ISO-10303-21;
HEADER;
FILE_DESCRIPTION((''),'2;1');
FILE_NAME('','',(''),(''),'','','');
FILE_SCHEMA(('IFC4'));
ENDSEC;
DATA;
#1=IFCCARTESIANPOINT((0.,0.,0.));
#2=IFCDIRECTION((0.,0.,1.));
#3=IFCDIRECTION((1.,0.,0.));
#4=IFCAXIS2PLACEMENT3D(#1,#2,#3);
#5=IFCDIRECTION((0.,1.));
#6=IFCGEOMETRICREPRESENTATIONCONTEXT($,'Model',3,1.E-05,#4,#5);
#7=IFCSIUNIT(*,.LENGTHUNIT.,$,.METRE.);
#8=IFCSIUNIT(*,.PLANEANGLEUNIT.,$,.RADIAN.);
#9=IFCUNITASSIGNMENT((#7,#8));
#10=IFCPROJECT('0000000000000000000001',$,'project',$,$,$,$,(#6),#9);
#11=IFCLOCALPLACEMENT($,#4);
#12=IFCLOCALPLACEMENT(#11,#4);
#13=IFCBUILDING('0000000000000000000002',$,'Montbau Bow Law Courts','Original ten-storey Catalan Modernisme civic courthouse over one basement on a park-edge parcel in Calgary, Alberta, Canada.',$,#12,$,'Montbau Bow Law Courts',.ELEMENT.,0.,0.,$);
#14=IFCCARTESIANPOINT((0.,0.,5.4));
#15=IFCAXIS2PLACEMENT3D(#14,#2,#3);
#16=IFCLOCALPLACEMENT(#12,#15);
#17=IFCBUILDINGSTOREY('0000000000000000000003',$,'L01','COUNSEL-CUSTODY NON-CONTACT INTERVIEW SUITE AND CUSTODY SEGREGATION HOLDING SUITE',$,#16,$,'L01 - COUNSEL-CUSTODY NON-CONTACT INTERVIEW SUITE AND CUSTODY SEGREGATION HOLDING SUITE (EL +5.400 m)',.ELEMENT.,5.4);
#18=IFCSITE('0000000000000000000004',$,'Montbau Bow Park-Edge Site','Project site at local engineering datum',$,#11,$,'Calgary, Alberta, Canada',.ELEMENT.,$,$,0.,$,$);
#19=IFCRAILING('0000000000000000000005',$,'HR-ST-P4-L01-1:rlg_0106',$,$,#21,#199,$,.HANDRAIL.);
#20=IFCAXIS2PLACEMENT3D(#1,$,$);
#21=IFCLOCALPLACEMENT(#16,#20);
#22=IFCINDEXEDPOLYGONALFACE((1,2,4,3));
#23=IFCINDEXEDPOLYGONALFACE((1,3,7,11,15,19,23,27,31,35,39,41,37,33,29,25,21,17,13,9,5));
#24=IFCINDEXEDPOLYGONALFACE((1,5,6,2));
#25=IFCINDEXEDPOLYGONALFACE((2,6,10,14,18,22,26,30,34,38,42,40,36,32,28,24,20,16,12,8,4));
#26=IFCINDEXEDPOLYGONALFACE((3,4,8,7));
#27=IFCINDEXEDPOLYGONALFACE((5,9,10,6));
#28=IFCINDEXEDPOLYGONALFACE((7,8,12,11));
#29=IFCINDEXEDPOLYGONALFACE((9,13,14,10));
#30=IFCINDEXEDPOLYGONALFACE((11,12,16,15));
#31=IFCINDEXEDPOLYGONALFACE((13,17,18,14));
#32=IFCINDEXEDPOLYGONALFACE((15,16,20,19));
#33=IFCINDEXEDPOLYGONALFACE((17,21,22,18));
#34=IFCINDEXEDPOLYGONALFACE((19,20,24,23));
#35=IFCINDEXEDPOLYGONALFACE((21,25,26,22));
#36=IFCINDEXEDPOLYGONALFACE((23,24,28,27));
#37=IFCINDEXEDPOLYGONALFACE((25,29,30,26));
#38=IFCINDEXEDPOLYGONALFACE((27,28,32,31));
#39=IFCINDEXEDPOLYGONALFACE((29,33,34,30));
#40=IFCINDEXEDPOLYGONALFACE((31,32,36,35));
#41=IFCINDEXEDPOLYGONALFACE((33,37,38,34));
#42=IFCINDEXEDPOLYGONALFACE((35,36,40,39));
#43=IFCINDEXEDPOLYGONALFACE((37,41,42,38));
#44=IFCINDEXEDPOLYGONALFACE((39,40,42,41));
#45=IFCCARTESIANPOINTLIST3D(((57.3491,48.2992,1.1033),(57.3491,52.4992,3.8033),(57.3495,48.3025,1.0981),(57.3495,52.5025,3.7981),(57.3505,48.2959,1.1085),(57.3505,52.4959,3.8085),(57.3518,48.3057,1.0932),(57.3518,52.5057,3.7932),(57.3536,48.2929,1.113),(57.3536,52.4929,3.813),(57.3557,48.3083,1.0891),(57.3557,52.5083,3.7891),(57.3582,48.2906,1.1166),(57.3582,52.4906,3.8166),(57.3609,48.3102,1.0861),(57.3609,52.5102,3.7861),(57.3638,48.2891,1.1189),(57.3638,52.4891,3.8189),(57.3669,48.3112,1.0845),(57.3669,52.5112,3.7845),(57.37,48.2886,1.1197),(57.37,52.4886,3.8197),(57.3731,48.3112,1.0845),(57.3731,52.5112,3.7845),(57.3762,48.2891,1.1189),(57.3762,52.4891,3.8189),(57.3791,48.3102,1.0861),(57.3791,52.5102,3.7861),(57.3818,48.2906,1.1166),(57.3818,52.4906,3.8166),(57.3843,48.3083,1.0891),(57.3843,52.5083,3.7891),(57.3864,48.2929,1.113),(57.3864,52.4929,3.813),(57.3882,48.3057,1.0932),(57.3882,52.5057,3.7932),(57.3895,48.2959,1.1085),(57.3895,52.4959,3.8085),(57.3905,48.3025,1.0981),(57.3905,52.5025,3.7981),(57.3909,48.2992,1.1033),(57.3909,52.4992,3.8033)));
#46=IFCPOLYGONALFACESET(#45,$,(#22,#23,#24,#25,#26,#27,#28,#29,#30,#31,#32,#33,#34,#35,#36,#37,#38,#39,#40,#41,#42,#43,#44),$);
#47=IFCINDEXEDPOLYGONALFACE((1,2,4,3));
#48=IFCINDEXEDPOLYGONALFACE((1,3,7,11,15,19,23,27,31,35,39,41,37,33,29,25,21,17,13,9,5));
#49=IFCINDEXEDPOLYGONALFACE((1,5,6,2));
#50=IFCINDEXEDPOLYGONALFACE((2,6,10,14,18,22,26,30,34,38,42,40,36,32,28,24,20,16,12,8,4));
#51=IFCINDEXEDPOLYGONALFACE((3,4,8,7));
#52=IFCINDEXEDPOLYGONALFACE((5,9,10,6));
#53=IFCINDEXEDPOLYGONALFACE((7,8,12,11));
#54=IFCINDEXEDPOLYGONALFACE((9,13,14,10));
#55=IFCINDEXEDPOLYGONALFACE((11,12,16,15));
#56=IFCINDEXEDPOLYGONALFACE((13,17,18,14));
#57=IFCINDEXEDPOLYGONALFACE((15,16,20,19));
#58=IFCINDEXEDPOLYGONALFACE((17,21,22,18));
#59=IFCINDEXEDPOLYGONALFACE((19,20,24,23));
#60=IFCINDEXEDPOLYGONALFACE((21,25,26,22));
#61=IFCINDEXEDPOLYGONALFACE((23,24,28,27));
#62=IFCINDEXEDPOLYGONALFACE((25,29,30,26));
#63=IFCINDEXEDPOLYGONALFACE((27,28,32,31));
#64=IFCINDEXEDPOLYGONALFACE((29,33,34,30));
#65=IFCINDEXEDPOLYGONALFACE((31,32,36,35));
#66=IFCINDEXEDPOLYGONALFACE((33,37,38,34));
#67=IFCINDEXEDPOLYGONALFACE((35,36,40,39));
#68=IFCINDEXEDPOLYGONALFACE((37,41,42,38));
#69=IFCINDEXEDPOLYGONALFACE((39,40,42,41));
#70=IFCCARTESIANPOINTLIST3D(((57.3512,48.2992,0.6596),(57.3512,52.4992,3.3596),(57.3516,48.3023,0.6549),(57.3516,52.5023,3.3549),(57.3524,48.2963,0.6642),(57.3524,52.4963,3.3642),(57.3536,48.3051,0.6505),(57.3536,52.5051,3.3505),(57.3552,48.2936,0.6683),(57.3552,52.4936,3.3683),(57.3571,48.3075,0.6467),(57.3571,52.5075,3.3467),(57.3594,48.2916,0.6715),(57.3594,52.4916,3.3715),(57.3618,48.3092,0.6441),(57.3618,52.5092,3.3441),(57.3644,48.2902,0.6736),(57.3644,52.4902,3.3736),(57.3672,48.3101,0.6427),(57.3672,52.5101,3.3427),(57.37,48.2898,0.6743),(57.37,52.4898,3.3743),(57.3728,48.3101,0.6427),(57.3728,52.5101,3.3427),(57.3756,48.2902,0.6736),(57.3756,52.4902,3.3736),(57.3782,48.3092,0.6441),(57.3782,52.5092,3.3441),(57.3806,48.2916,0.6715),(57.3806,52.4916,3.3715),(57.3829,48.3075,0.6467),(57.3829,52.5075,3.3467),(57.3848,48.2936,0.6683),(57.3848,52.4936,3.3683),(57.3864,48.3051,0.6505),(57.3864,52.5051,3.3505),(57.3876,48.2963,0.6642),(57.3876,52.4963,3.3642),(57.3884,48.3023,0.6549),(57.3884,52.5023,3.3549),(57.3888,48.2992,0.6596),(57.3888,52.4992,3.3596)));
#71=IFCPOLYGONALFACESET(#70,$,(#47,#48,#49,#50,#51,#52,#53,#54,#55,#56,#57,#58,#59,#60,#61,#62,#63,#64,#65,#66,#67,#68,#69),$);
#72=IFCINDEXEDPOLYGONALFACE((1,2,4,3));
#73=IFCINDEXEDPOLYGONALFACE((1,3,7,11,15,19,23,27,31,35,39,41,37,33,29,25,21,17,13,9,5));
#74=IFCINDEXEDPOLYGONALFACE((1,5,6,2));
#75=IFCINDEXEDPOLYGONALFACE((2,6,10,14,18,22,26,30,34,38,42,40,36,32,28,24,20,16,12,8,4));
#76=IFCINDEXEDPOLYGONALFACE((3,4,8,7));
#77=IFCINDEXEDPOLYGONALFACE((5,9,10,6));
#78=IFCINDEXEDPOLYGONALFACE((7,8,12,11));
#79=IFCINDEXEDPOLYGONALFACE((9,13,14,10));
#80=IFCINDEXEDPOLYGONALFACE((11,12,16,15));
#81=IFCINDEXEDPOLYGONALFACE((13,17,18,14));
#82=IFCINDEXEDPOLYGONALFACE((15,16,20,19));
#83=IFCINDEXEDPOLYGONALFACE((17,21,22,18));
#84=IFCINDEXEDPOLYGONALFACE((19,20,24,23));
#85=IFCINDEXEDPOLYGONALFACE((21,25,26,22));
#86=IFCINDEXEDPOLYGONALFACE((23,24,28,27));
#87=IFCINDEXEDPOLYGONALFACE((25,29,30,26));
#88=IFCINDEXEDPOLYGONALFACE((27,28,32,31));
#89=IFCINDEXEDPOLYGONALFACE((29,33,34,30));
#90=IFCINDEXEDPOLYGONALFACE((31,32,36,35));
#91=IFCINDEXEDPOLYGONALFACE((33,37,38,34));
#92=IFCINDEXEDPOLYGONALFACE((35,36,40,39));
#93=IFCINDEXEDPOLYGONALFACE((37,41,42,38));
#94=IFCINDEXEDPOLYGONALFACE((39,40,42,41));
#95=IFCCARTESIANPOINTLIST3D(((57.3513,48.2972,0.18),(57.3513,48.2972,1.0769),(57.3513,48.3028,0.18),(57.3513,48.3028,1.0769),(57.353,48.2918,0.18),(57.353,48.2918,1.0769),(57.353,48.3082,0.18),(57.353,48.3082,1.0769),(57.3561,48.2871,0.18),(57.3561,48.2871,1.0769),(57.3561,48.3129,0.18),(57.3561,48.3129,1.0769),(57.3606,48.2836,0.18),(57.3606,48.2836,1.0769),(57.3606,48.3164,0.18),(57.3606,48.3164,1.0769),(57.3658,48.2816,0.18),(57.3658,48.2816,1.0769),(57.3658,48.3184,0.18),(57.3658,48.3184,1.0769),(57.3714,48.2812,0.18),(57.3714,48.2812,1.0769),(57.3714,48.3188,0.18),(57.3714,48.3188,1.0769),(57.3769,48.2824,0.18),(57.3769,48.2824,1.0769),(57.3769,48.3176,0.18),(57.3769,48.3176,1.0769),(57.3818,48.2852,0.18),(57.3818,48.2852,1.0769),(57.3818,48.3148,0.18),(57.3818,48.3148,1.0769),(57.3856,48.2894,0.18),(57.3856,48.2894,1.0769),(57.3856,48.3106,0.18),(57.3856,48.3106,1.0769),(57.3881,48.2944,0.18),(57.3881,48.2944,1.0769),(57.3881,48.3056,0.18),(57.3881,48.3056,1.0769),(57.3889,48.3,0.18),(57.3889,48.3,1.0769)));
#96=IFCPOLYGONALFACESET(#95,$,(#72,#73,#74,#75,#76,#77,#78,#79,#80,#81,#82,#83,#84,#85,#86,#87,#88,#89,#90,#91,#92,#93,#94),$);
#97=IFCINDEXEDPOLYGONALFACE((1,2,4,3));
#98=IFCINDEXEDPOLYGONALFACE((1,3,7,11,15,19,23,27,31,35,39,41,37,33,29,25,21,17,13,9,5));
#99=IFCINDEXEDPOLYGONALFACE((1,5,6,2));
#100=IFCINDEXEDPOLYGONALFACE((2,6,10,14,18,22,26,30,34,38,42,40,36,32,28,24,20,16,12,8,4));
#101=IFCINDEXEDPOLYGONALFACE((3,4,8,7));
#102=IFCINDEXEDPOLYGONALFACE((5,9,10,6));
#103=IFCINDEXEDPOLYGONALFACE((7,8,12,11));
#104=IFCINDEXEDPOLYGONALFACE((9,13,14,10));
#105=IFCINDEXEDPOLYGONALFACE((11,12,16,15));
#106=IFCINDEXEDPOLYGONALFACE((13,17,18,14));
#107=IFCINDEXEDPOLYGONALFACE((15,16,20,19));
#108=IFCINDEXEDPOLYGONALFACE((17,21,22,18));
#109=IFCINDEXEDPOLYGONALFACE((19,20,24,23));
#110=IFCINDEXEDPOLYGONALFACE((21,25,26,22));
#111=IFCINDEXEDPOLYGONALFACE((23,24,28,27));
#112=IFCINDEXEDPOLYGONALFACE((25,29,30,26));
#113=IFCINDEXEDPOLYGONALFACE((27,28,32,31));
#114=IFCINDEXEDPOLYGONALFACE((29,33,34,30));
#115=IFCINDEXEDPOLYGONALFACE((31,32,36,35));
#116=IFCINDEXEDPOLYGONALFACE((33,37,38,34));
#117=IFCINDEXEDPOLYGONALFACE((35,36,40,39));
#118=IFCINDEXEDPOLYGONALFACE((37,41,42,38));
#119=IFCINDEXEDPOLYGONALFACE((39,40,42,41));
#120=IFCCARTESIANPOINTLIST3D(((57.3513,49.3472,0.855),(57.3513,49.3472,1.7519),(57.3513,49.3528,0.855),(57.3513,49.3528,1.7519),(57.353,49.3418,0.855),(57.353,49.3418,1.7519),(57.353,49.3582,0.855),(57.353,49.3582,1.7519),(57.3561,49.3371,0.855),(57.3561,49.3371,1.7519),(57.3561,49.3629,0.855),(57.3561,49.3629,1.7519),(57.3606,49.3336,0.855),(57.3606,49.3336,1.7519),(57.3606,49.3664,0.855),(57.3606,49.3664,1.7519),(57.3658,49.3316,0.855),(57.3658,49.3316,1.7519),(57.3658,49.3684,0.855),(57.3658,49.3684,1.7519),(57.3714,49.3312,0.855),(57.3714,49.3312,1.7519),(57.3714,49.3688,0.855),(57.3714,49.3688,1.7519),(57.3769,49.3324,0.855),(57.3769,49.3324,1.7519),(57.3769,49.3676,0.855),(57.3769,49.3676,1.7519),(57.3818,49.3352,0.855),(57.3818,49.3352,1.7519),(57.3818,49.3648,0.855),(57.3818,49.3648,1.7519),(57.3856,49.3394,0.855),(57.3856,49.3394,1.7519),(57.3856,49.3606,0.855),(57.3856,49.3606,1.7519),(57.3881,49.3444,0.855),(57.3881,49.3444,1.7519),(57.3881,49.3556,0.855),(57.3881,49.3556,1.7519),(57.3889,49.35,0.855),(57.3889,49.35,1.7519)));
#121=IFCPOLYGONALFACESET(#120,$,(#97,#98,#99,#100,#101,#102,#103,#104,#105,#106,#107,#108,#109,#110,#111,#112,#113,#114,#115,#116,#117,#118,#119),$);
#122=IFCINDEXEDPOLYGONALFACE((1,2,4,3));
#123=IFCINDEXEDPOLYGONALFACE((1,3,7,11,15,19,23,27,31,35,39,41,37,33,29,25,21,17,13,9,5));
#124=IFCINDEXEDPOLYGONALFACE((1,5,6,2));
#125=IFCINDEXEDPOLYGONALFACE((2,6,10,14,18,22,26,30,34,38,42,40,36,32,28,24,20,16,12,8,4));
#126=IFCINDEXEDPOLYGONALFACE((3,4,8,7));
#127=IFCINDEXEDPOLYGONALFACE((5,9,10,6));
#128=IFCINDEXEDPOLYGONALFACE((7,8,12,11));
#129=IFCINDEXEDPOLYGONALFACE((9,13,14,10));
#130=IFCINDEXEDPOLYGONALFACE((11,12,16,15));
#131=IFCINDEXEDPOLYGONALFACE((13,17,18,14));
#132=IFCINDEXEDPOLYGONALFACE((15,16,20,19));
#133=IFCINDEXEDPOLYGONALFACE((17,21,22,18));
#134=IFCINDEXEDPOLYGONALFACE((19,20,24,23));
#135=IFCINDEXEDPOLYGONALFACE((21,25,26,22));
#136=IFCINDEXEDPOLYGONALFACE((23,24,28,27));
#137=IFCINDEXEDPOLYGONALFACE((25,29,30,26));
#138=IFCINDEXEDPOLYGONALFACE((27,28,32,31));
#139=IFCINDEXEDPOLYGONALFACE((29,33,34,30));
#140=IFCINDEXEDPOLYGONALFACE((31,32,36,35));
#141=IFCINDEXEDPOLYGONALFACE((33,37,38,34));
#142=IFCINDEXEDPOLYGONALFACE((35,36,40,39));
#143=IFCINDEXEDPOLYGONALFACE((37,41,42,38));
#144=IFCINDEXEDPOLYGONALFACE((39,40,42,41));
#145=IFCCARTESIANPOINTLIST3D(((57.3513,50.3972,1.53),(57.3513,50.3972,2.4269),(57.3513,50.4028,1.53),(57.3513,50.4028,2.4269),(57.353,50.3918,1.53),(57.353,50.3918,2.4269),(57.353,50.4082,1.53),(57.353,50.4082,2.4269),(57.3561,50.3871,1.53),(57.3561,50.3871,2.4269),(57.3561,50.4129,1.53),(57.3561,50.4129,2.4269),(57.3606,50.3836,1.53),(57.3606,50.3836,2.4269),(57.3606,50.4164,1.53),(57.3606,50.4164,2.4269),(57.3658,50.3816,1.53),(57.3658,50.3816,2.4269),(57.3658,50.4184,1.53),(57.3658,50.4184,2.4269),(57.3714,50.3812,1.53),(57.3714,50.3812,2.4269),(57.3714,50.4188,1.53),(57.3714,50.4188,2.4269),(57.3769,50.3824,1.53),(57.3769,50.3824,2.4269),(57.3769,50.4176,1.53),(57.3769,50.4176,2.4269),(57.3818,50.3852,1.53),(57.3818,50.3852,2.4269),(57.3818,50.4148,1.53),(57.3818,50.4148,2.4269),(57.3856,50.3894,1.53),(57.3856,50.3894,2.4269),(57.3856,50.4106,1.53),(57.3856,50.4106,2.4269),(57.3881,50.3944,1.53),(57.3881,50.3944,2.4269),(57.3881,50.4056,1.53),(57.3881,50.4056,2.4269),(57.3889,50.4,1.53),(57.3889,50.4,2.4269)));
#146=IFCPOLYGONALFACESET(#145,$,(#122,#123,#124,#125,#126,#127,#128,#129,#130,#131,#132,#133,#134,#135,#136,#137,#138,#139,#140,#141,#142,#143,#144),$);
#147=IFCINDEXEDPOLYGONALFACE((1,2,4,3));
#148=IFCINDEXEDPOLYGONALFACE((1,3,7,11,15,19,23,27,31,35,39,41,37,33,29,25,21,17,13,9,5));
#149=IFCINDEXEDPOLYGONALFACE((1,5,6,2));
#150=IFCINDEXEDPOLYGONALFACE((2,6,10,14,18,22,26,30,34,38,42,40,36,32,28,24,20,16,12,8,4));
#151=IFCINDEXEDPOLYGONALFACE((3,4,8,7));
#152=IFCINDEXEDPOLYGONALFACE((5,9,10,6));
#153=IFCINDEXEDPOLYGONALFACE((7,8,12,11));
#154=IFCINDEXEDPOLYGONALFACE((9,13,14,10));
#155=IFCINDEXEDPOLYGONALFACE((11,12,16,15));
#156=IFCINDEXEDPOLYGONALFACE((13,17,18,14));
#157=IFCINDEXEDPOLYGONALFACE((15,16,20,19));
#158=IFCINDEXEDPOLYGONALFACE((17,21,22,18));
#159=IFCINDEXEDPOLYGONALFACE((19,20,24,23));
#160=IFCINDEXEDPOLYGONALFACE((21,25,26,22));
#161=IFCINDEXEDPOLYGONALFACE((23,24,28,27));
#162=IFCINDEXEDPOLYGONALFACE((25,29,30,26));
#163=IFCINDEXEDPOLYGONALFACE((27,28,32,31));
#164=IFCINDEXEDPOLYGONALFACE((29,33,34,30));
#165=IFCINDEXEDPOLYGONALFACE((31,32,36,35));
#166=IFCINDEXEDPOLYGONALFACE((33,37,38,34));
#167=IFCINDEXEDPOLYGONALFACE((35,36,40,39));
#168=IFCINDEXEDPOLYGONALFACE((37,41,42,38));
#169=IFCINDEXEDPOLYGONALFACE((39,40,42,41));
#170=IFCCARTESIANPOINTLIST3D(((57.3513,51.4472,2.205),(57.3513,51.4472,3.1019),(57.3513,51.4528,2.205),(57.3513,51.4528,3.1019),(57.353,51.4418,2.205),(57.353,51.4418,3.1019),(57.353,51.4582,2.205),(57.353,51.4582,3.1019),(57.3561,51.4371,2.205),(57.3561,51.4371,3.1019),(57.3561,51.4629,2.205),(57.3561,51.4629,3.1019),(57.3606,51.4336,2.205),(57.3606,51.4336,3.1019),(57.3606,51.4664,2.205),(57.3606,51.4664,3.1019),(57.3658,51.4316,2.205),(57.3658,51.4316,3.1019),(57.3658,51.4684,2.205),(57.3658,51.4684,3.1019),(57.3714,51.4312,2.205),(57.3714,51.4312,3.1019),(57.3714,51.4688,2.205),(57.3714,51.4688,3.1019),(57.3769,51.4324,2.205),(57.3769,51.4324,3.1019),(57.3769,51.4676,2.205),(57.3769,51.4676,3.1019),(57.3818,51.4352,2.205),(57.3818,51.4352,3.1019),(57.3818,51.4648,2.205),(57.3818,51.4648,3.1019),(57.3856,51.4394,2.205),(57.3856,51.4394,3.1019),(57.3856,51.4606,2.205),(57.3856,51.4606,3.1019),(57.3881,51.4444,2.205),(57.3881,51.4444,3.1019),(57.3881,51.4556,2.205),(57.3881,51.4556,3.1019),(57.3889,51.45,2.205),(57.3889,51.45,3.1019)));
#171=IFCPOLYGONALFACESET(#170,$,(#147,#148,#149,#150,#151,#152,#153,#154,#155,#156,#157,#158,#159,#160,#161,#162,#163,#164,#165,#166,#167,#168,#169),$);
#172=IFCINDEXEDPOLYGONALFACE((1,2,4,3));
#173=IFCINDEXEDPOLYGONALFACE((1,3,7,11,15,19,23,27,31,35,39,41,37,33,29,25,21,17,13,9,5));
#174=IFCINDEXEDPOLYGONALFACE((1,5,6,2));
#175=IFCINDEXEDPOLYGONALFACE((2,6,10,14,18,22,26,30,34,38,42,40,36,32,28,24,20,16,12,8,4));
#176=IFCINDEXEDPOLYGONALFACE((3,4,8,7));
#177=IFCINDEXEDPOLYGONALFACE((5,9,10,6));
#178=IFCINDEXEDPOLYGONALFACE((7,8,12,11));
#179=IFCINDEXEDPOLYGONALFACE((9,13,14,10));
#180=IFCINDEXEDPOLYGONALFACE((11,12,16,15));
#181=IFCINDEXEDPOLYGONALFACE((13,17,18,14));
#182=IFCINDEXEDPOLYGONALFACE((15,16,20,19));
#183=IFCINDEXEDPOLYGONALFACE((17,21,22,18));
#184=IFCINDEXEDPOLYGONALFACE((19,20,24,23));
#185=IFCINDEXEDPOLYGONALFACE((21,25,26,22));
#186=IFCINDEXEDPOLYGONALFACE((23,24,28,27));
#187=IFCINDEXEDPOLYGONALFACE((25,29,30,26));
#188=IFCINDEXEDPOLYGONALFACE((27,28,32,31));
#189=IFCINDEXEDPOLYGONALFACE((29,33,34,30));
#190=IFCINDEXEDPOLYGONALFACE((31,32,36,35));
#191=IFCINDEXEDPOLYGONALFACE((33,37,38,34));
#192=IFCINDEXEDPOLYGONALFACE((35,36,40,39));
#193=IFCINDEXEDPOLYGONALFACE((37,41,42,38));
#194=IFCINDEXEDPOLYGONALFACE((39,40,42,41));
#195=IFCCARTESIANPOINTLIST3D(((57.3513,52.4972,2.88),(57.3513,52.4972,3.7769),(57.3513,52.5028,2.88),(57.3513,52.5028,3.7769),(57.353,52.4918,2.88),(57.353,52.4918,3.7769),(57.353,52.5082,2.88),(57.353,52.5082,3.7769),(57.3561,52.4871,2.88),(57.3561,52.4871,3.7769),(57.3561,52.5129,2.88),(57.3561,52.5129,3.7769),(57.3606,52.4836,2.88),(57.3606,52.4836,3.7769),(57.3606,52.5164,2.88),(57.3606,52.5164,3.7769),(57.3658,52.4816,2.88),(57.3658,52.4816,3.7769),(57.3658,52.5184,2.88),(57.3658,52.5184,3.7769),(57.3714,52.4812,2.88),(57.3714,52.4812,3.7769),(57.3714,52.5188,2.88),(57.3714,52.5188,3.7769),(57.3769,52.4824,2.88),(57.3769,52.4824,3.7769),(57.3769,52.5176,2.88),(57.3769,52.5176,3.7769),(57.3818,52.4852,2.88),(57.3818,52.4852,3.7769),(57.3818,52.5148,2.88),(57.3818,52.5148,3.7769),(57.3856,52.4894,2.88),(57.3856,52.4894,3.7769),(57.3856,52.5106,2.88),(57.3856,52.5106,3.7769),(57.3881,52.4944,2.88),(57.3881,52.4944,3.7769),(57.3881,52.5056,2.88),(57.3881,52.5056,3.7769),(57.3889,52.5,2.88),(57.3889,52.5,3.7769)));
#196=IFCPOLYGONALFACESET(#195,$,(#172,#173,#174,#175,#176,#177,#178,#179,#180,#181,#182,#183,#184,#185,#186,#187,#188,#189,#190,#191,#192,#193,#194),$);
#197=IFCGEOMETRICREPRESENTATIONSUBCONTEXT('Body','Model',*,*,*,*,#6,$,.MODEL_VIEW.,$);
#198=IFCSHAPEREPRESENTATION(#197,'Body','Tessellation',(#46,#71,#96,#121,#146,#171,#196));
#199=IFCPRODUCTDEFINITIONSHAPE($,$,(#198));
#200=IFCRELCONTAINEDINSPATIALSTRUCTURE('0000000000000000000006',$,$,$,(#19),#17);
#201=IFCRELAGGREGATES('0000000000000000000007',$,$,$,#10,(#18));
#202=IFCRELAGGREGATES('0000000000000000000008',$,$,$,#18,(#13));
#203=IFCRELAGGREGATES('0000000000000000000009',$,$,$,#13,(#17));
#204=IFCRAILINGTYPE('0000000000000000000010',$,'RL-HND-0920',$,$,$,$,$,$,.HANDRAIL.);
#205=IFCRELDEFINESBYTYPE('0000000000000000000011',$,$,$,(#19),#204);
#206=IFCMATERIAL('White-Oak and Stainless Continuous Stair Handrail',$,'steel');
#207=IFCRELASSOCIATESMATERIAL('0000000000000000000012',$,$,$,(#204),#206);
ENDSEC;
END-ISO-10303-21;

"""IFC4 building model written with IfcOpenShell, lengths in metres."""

from ifc_helpers import new_model, si_unit, direction, frame, origin_with_axes, origin_2d_with_axis, place, context, subcontext, project, spatial, circle, extrude, material, type_object, element, save


model = new_model("IFC4")

# Units and contexts
model_context = context("Model", 3, precision=1e-05, world=origin_with_axes(), true_north=direction((0.0, 1.0)))
body_context = subcontext(model_context, "Body", "Model", "MODEL_VIEW")
ifc_project = project(units=[si_unit("LENGTHUNIT", "METRE"), si_unit("PLANEANGLEUNIT", "RADIAN")], contexts=[model_context])

# Site, building, storey
site_placement = place(None, origin_with_axes())
site = spatial("IfcSite", under=ifc_project, at=site_placement, Name="Montbau Bow Park-Edge Site", Description="Project site at local engineering datum", LongName="Calgary, Alberta, Canada", CompositionType="ELEMENT", RefElevation=0.0)
building_placement = place(site_placement, origin_with_axes())
building = spatial("IfcBuilding", under=site, at=building_placement, Name="Montbau Bow Law Courts", Description="Original ten-storey Catalan Modernisme civic courthouse over one basement on a park-edge parcel in Calgary, Alberta, Canada.", LongName="Montbau Bow Law Courts", CompositionType="ELEMENT", ElevationOfRefHeight=0.0, ElevationOfTerrain=0.0)
storey_placement = place(building_placement, frame((0.0, 0.0, 5.4), z_axis=(0.0, 0.0, 1.0), x_axis=(1.0, 0.0, 0.0)))
storey = spatial("IfcBuildingStorey", under=building, at=storey_placement, Name="L01", Description="COUNSEL-CUSTODY NON-CONTACT INTERVIEW SUITE AND CUSTODY SEGREGATION HOLDING SUITE", LongName="L01 - COUNSEL-CUSTODY NON-CONTACT INTERVIEW SUITE AND CUSTODY SEGREGATION HOLDING SUITE (EL +5.400 m)", CompositionType="ELEMENT", Elevation=5.4)

# Railing
ifc_material_1 = material(Name="White-Oak and Stainless Continuous Stair Handrail", Category="steel")
railing_type_1 = type_object("IfcRailingType", Name="RL-HND-0920", PredefinedType="HANDRAIL", material=ifc_material_1)
railing_1_placement = place(None, origin_with_axes())
element("IfcRailing", 1, at=railing_1_placement, inside=storey, type_object=railing_type_1, Name="HR-ST-P4-L01-1:rlg_0106", PredefinedType="HANDRAIL", context=body_context, shape_type="SweptSolid", body=[
    extrude(circle(Radius=0.021, at=origin_2d_with_axis()), frame((57.37, 48.3, 6.502), z_axis=(0.0, 0.841178, 0.540758), x_axis=(0.0, -0.540758, 0.841178)), (0.0, 0.0, 1.0), 4.993),
    extrude(circle(Radius=0.0189, at=origin_2d_with_axis()), frame((57.37, 48.3, 6.0584), z_axis=(0.0, 0.841178, 0.540758), x_axis=(0.0, -0.540758, 0.841178)), (0.0, 0.0, 1.0), 4.993),
    extrude(circle(Radius=0.0189, at=origin_2d_with_axis()), frame((57.37, 48.3, 5.58), z_axis=(0.0, 0.0, 1.0), x_axis=(1.0, 0.0, 0.0)), (0.0, 0.0, 1.0), 0.8969),
    extrude(circle(Radius=0.0189, at=origin_2d_with_axis()), frame((57.37, 49.35, 6.255), z_axis=(0.0, 0.0, 1.0), x_axis=(1.0, 0.0, 0.0)), (0.0, 0.0, 1.0), 0.8969),
    extrude(circle(Radius=0.0189, at=origin_2d_with_axis()), frame((57.37, 50.4, 6.93), z_axis=(0.0, 0.0, 1.0), x_axis=(1.0, 0.0, 0.0)), (0.0, 0.0, 1.0), 0.8969),
    extrude(circle(Radius=0.0189, at=origin_2d_with_axis()), frame((57.37, 51.45, 7.605), z_axis=(0.0, 0.0, 1.0), x_axis=(1.0, 0.0, 0.0)), (0.0, 0.0, 1.0), 0.8969),
    extrude(circle(Radius=0.0189, at=origin_2d_with_axis()), frame((57.37, 52.5, 8.28), z_axis=(0.0, 0.0, 1.0), x_axis=(1.0, 0.0, 0.0)), (0.0, 0.0, 1.0), 0.8969),
])

save(model, "model.ifc")
